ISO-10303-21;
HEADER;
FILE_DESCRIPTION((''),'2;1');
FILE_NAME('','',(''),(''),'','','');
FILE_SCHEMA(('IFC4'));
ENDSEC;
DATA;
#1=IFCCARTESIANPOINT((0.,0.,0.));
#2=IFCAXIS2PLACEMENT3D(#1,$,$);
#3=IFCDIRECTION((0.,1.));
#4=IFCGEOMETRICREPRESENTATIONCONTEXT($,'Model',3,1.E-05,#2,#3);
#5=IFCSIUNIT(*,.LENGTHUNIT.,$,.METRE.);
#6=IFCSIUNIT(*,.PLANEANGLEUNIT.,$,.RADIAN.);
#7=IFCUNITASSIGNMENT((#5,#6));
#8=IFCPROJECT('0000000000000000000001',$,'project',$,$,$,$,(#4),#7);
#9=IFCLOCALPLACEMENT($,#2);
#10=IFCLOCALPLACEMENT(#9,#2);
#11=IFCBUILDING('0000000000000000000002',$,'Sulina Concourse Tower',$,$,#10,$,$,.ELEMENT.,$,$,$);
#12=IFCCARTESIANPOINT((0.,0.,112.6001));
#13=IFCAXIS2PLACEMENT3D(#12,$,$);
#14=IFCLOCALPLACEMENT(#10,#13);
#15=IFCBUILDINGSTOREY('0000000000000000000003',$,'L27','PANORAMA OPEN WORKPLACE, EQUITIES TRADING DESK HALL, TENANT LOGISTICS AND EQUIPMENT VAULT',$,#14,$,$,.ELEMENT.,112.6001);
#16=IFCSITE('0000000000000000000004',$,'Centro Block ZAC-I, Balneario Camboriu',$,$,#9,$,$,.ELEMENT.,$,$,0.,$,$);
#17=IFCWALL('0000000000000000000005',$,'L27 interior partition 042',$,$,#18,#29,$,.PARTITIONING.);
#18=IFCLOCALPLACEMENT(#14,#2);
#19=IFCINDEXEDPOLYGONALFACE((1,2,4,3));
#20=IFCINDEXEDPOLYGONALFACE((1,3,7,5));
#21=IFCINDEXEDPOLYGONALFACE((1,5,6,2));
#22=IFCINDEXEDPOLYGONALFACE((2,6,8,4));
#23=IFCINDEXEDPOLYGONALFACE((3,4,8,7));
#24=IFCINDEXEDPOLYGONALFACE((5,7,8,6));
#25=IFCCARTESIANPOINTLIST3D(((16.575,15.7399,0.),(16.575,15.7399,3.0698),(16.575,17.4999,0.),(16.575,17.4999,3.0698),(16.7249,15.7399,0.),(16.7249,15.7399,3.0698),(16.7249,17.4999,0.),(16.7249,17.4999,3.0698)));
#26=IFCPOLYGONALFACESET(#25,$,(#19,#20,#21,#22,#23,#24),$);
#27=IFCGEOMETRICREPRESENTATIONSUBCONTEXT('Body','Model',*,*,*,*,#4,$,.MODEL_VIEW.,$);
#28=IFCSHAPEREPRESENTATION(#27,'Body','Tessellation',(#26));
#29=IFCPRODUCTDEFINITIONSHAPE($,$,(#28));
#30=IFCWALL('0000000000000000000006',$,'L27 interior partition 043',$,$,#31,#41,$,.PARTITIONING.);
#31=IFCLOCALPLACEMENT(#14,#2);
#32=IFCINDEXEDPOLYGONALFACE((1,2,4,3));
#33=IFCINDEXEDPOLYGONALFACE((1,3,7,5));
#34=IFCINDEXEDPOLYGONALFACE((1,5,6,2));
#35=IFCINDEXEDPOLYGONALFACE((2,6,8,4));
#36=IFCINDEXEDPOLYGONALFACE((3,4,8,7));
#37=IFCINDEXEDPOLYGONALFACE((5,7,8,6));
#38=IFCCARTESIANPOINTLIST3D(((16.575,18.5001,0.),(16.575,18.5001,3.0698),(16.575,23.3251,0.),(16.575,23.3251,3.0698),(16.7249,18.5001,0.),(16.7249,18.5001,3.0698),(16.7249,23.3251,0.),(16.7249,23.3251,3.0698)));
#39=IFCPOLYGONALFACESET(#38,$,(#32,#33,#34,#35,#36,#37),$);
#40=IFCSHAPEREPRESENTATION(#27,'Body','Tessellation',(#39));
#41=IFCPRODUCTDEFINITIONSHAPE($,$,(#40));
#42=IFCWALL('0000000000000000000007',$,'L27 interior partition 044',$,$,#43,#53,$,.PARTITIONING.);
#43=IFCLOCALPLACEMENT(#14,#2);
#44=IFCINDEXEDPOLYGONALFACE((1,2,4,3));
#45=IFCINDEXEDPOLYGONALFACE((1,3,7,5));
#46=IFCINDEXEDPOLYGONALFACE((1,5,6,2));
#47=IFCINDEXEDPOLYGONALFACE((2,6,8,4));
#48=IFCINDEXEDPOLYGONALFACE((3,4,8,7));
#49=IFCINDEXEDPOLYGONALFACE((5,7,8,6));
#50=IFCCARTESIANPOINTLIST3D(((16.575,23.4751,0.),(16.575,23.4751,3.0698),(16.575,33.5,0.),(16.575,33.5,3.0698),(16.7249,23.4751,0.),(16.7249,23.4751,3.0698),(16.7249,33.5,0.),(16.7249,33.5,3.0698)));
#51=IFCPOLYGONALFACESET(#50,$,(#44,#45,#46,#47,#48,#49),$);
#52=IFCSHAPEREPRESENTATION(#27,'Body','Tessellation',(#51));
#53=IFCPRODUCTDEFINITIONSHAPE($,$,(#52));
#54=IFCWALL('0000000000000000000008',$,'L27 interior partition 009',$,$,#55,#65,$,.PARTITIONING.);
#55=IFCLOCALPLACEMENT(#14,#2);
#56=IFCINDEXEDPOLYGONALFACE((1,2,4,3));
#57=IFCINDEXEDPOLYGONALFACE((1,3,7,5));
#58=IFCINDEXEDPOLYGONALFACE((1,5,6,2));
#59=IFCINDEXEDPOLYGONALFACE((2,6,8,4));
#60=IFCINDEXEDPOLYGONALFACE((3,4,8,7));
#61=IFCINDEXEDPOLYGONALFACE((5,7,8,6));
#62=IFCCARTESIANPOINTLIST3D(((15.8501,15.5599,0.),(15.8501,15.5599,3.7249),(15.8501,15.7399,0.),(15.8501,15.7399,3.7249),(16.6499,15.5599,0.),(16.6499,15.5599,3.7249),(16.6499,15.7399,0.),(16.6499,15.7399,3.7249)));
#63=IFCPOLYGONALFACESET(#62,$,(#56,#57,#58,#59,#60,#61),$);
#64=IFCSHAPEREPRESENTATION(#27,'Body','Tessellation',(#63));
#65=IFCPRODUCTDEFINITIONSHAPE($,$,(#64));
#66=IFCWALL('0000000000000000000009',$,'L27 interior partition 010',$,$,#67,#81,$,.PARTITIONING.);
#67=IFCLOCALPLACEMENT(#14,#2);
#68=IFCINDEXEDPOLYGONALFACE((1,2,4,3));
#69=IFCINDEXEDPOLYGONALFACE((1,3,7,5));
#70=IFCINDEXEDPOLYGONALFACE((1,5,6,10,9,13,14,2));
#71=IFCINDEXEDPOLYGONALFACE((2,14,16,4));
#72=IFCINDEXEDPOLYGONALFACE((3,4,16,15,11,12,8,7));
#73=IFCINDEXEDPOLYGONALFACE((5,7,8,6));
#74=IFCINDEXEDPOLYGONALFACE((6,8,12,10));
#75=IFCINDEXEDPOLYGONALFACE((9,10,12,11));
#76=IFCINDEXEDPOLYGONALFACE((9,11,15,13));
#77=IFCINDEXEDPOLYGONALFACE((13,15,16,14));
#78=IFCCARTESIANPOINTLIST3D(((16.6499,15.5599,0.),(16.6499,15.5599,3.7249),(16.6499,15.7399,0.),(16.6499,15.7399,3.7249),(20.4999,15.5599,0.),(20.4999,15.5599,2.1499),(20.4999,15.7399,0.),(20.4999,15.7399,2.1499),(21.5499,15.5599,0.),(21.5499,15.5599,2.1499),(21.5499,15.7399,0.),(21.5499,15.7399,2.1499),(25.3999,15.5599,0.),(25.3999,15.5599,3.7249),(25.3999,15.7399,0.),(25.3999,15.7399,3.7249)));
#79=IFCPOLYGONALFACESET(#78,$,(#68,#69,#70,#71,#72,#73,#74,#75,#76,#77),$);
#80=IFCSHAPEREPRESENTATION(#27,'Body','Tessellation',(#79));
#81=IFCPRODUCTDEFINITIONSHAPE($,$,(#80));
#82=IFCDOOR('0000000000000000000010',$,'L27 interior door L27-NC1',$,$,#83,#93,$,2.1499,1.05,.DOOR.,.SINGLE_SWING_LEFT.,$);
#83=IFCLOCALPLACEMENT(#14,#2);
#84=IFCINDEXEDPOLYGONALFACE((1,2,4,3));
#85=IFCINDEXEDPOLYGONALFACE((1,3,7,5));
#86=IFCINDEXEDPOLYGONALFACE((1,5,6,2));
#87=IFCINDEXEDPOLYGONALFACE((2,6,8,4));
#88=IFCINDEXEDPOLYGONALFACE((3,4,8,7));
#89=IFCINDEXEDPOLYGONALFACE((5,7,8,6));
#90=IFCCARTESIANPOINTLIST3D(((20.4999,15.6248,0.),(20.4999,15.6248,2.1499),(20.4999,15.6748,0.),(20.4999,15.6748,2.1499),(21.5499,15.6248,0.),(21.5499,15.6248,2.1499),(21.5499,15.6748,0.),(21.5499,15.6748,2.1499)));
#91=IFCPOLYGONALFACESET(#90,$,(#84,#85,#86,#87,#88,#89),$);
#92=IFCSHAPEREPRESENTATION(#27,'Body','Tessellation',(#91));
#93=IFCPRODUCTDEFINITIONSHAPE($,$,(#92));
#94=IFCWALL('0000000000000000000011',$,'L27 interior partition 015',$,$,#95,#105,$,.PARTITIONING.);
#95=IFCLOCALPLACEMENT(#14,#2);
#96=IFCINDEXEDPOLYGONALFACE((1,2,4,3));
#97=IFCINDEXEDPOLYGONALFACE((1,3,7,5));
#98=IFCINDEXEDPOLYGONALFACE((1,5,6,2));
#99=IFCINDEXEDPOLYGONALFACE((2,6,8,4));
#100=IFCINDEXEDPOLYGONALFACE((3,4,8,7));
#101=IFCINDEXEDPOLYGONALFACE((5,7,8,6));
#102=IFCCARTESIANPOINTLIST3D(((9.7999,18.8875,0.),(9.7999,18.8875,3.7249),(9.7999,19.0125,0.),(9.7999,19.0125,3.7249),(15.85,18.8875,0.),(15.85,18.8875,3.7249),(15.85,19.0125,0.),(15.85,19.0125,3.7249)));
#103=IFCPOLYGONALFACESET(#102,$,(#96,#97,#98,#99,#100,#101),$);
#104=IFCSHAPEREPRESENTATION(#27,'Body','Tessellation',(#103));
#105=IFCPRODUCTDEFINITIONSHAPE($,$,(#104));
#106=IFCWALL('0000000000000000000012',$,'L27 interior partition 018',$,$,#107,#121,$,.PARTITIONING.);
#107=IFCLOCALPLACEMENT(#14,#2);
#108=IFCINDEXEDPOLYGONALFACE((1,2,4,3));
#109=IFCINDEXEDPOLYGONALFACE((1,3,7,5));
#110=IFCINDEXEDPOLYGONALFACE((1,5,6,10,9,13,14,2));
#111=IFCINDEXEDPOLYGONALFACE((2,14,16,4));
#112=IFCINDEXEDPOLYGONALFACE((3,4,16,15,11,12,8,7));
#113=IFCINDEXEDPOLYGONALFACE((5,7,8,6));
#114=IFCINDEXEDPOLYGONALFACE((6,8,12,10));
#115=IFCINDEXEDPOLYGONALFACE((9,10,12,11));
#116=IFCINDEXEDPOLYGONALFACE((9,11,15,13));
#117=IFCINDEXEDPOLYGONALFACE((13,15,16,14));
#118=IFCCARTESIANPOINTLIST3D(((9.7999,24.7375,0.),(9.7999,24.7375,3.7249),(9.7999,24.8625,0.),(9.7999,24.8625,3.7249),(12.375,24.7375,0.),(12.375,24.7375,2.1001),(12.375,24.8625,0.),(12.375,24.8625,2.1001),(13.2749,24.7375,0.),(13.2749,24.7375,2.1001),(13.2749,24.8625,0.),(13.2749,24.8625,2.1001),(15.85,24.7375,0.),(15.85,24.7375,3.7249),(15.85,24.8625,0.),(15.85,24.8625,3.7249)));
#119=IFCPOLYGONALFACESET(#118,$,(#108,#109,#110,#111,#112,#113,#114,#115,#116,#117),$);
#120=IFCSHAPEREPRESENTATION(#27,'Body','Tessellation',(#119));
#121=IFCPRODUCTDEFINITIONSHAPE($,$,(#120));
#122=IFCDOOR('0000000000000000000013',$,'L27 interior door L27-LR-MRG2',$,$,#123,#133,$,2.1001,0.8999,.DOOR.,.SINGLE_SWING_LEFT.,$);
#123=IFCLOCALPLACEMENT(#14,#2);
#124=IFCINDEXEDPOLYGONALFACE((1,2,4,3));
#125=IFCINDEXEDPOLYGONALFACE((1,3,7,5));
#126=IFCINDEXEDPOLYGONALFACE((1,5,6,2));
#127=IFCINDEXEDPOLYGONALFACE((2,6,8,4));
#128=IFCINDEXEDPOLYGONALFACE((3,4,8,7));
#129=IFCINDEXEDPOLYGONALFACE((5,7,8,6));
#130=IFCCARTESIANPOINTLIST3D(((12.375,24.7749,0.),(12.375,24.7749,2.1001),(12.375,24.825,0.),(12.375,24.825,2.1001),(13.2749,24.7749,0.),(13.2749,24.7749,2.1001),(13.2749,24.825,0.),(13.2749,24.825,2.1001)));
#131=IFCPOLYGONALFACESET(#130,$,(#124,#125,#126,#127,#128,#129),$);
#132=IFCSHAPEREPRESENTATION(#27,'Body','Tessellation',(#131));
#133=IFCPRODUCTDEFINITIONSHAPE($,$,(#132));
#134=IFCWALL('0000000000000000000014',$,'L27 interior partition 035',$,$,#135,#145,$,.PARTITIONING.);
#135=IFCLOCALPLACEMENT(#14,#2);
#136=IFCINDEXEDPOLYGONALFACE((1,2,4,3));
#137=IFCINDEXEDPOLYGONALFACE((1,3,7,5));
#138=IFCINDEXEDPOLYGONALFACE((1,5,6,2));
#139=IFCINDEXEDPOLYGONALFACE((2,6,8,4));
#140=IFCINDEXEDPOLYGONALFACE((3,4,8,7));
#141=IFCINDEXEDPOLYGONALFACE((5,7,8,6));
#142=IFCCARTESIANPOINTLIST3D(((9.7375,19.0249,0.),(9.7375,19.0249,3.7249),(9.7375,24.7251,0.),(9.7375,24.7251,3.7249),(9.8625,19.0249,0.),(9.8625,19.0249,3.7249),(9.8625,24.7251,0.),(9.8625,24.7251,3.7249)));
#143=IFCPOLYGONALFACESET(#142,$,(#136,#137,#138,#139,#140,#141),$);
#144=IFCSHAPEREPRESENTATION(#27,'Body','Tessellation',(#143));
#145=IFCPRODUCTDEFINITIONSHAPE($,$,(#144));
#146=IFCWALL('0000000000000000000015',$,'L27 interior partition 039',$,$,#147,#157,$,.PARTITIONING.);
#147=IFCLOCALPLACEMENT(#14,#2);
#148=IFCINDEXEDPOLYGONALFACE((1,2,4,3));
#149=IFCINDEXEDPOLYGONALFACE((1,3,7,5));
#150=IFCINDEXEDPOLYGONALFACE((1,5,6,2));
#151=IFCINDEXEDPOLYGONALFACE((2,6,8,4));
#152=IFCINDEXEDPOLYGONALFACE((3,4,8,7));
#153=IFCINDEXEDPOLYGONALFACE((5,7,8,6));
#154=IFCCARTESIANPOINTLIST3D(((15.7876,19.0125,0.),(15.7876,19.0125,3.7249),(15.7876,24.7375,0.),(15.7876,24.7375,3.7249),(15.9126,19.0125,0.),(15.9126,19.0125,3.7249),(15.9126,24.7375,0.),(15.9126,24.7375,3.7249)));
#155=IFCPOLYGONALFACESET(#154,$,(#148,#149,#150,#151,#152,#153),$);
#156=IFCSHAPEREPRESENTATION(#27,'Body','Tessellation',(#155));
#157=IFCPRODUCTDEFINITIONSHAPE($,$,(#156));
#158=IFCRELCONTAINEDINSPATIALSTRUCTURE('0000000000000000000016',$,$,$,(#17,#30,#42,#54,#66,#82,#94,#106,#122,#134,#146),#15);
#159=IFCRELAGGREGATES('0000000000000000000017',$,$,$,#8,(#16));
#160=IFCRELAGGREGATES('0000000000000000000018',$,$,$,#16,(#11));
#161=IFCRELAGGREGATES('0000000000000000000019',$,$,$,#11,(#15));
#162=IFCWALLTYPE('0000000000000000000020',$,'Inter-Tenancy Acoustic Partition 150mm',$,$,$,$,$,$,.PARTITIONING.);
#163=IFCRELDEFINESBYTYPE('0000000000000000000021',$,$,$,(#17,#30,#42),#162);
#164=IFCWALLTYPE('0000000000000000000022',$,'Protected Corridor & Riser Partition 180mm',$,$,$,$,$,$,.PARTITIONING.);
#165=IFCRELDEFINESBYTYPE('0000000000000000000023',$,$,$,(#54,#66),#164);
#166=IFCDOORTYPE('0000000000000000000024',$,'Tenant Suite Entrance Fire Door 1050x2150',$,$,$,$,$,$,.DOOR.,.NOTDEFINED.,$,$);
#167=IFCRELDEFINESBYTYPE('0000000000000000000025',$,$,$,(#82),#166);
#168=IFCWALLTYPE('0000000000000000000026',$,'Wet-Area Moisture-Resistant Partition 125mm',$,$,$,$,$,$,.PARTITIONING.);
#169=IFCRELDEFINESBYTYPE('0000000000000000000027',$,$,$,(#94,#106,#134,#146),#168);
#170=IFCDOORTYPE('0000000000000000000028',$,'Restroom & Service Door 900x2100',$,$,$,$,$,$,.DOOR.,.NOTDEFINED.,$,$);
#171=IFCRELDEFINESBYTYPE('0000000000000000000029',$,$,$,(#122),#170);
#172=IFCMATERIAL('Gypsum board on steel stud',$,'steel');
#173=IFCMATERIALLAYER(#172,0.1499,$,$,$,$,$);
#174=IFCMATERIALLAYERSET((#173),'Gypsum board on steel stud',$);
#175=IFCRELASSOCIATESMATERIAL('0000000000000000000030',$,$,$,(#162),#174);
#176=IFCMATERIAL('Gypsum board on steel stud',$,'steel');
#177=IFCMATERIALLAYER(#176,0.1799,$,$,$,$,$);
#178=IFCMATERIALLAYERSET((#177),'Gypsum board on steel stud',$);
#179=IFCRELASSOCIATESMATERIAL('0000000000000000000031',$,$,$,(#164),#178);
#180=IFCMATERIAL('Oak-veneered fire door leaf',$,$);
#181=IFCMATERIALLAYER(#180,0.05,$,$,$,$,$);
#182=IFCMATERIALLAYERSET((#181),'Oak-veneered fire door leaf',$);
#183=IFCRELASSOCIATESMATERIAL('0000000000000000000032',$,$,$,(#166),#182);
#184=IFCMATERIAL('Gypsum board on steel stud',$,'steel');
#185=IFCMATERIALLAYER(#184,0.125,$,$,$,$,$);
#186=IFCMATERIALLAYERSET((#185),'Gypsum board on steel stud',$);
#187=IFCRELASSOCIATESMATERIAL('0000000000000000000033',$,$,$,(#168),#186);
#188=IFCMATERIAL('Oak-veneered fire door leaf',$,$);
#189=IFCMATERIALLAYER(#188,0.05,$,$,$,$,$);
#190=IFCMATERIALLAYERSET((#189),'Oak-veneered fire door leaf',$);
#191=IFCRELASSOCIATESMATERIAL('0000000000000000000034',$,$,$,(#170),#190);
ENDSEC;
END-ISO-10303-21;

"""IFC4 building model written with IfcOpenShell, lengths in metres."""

from ifc_helpers import new_model, si_unit, direction, frame, frame_2d, origin, place, context, subcontext, project, spatial, rectangle, extrude, material, layer, layer_set, type_object, element, fill, save


model = new_model("IFC4")

# Units and contexts
model_context = context("Model", 3, precision=1e-05, world=origin(), true_north=direction((0.0, 1.0)))
body_context = subcontext(model_context, "Body", "Model", "MODEL_VIEW")
ifc_project = project(units=[si_unit("LENGTHUNIT", "METRE"), si_unit("PLANEANGLEUNIT", "RADIAN")], contexts=[model_context])

# Site, building, storey
site_placement = place(None, origin())
site = spatial("IfcSite", under=ifc_project, at=site_placement, Name="Centro Block ZAC-I, Balneario Camboriu", CompositionType="ELEMENT", RefElevation=0.0)
building_placement = place(site_placement, origin())
building = spatial("IfcBuilding", under=site, at=building_placement, Name="Sulina Concourse Tower", CompositionType="ELEMENT")
storey_placement = place(building_placement, frame((0.0, 0.0, 112.6001)))
storey = spatial("IfcBuildingStorey", under=building, at=storey_placement, Name="L27", Description="PANORAMA OPEN WORKPLACE, EQUITIES TRADING DESK HALL, TENANT LOGISTICS AND EQUIPMENT VAULT", CompositionType="ELEMENT", Elevation=112.6001)

# Walls
ifc_material_1 = material(Name="Gypsum board on steel stud", Category="steel")
ifc_layer_1 = layer(ifc_material_1, 0.1499)
ifc_layer_set_1 = layer_set([ifc_layer_1], Name="Gypsum board on steel stud")
wall_type_1 = type_object("IfcWallType", Name="Inter-Tenancy Acoustic Partition 150mm", PredefinedType="PARTITIONING", material=ifc_layer_set_1)
wall_1_placement = place(storey_placement, frame((16.6499, 15.74, 0.0), z_axis=(0.0, 0.0, 1.0), x_axis=(0.0, 1.0, 0.0)))
element("IfcWall", 1, at=wall_1_placement, inside=storey, type_object=wall_type_1, Name="L27 interior partition 042", PredefinedType="PARTITIONING", context=body_context, shape_type="SweptSolid", body=[
    extrude(rectangle(XDim=1.76, YDim=0.1499, at=frame_2d((0.8799, 0.0))), origin(), (0.0, 0.0, 1.0), 3.0698),
])
wall_2_placement = place(storey_placement, frame((16.6499, 18.5, 0.0), z_axis=(0.0, 0.0, 1.0), x_axis=(0.0, 1.0, 0.0)))
element("IfcWall", 2, at=wall_2_placement, inside=storey, type_object=wall_type_1, Name="L27 interior partition 043", PredefinedType="PARTITIONING", context=body_context, shape_type="SweptSolid", body=[
    extrude(rectangle(XDim=4.825, YDim=0.1499, at=frame_2d((2.4126, 0.0))), origin(), (0.0, 0.0, 1.0), 3.0698),
])
wall_3_placement = place(storey_placement, frame((16.6499, 23.4751, 0.0), z_axis=(0.0, 0.0, 1.0), x_axis=(0.0, 1.0, 0.0)))
element("IfcWall", 3, at=wall_3_placement, inside=storey, type_object=wall_type_1, Name="L27 interior partition 044", PredefinedType="PARTITIONING", context=body_context, shape_type="SweptSolid", body=[
    extrude(rectangle(XDim=10.0249, YDim=0.1499, at=frame_2d((5.0125, 0.0))), origin(), (0.0, 0.0, 1.0), 3.0698),
])
ifc_material_2 = material(Name="Gypsum board on steel stud", Category="steel")
ifc_layer_2 = layer(ifc_material_2, 0.1799)
ifc_layer_set_2 = layer_set([ifc_layer_2], Name="Gypsum board on steel stud")
wall_type_2 = type_object("IfcWallType", Name="Protected Corridor & Riser Partition 180mm", PredefinedType="PARTITIONING", material=ifc_layer_set_2)
wall_4_placement = place(storey_placement, frame((15.8501, 15.6499, 0.0), z_axis=(0.0, 0.0, 1.0), x_axis=(1.0, 0.0, 0.0)))
element("IfcWall", 4, at=wall_4_placement, inside=storey, type_object=wall_type_2, Name="L27 interior partition 009", PredefinedType="PARTITIONING", context=body_context, shape_type="SweptSolid", body=[
    extrude(rectangle(XDim=0.7998, YDim=0.1799, at=frame_2d((0.3999, 0.0))), origin(), (0.0, 0.0, 1.0), 3.7249),
])

# Wall, opening, door
wall_5_placement = place(storey_placement, frame((16.6499, 15.6499, 0.0), z_axis=(0.0, 0.0, 1.0), x_axis=(1.0, 0.0, 0.0)))
wall_5 = element("IfcWall", 5, at=wall_5_placement, inside=storey, type_object=wall_type_2, Name="L27 interior partition 010", PredefinedType="PARTITIONING", context=body_context, shape_type="SweptSolid", body=[
    extrude(rectangle(XDim=8.75, YDim=0.1799, at=frame_2d((4.375, 0.0))), origin(), (0.0, 0.0, 1.0), 3.7249),
])
opening_1_placement = place(wall_5_placement, frame((3.8501, 0.0, 0.0)))
opening_1 = element("IfcOpeningElement", 6, at=opening_1_placement, cuts=wall_5, PredefinedType="OPENING", context=body_context, shape_type="SweptSolid", body=[
    extrude(rectangle(XDim=1.05, YDim=2.1499, at=frame_2d((0.5249, 1.075))), frame((0.0, 0.0999, 0.0), z_axis=(0.0, -1.0, 0.0), x_axis=(1.0, 0.0, 0.0)), (0.0, 0.0, 1.0), 0.2),
])
ifc_material_3 = material(Name="Oak-veneered fire door leaf")
ifc_layer_3 = layer(ifc_material_3, 0.05)
ifc_layer_set_3 = layer_set([ifc_layer_3], Name="Oak-veneered fire door leaf")
door_type_1 = type_object("IfcDoorType", Name="Tenant Suite Entrance Fire Door 1050x2150", OperationType="NOTDEFINED", PredefinedType="DOOR", material=ifc_layer_set_3)
door_1_placement = place(opening_1_placement, origin())
door_1 = element("IfcDoor", 7, at=door_1_placement, inside=storey, type_object=door_type_1, Name="L27 interior door L27-NC1", OperationType="SINGLE_SWING_LEFT", OverallHeight=2.1499, OverallWidth=1.05, PredefinedType="DOOR", context=body_context, shape_type="SweptSolid", body=[
    extrude(rectangle(XDim=1.05, YDim=2.1499, at=frame_2d((0.5249, 1.075))), frame((0.0, 0.0249, 0.0), z_axis=(0.0, -1.0, 0.0), x_axis=(1.0, 0.0, 0.0)), (0.0, 0.0, 1.0), 0.05),
])
fill(opening_1, door_1)

# Wall
ifc_material_4 = material(Name="Gypsum board on steel stud", Category="steel")
ifc_layer_4 = layer(ifc_material_4, 0.125)
ifc_layer_set_4 = layer_set([ifc_layer_4], Name="Gypsum board on steel stud")
wall_type_3 = type_object("IfcWallType", Name="Wet-Area Moisture-Resistant Partition 125mm", PredefinedType="PARTITIONING", material=ifc_layer_set_4)
wall_6_placement = place(storey_placement, frame((9.8, 18.95, 0.0), z_axis=(0.0, 0.0, 1.0), x_axis=(1.0, 0.0, 0.0)))
element("IfcWall", 8, at=wall_6_placement, inside=storey, type_object=wall_type_3, Name="L27 interior partition 015", PredefinedType="PARTITIONING", context=body_context, shape_type="SweptSolid", body=[
    extrude(rectangle(XDim=6.05, YDim=0.125, at=frame_2d((3.0249, 0.0))), origin(), (0.0, 0.0, 1.0), 3.7249),
])

# Wall, opening, door
wall_7_placement = place(storey_placement, frame((9.8, 24.8, 0.0), z_axis=(0.0, 0.0, 1.0), x_axis=(1.0, 0.0, 0.0)))
wall_7 = element("IfcWall", 9, at=wall_7_placement, inside=storey, type_object=wall_type_3, Name="L27 interior partition 018", PredefinedType="PARTITIONING", context=body_context, shape_type="SweptSolid", body=[
    extrude(rectangle(XDim=6.05, YDim=0.125, at=frame_2d((3.0249, 0.0))), origin(), (0.0, 0.0, 1.0), 3.7249),
])
opening_2_placement = place(wall_7_placement, frame((2.575, 0.0, 0.0)))
opening_2 = element("IfcOpeningElement", 10, at=opening_2_placement, cuts=wall_7, PredefinedType="OPENING", context=body_context, shape_type="SweptSolid", body=[
    extrude(rectangle(XDim=0.8999, YDim=2.1001, at=frame_2d((0.45, 1.05))), frame((0.0, 0.0725, 0.0), z_axis=(0.0, -1.0, 0.0), x_axis=(1.0, 0.0, 0.0)), (0.0, 0.0, 1.0), 0.145),
])
ifc_material_5 = material(Name="Oak-veneered fire door leaf")
ifc_layer_5 = layer(ifc_material_5, 0.05)
ifc_layer_set_5 = layer_set([ifc_layer_5], Name="Oak-veneered fire door leaf")
door_type_2 = type_object("IfcDoorType", Name="Restroom & Service Door 900x2100", OperationType="NOTDEFINED", PredefinedType="DOOR", material=ifc_layer_set_5)
door_2_placement = place(opening_2_placement, origin())
door_2 = element("IfcDoor", 11, at=door_2_placement, inside=storey, type_object=door_type_2, Name="L27 interior door L27-LR-MRG2", OperationType="SINGLE_SWING_LEFT", OverallHeight=2.1001, OverallWidth=0.8999, PredefinedType="DOOR", context=body_context, shape_type="SweptSolid", body=[
    extrude(rectangle(XDim=0.8999, YDim=2.1001, at=frame_2d((0.45, 1.05))), frame((0.0, 0.0249, 0.0), z_axis=(0.0, -1.0, 0.0), x_axis=(1.0, 0.0, 0.0)), (0.0, 0.0, 1.0), 0.05),
])
fill(opening_2, door_2)

# Walls
wall_8_placement = place(storey_placement, frame((9.8, 19.0249, 0.0), z_axis=(0.0, 0.0, 1.0), x_axis=(0.0, 1.0, 0.0)))
element("IfcWall", 12, at=wall_8_placement, inside=storey, type_object=wall_type_3, Name="L27 interior partition 035", PredefinedType="PARTITIONING", context=body_context, shape_type="SweptSolid", body=[
    extrude(rectangle(XDim=5.7002, YDim=0.125, at=frame_2d((2.8501, 0.0))), origin(), (0.0, 0.0, 1.0), 3.7249),
])
wall_9_placement = place(storey_placement, frame((15.8501, 19.0125, 0.0), z_axis=(0.0, 0.0, 1.0), x_axis=(0.0, 1.0, 0.0)))
element("IfcWall", 13, at=wall_9_placement, inside=storey, type_object=wall_type_3, Name="L27 interior partition 039", PredefinedType="PARTITIONING", context=body_context, shape_type="SweptSolid", body=[
    extrude(rectangle(XDim=5.7251, YDim=0.125, at=frame_2d((2.8625, 0.0))), origin(), (0.0, 0.0, 1.0), 3.7249),
])

save(model, "model.ifc")
